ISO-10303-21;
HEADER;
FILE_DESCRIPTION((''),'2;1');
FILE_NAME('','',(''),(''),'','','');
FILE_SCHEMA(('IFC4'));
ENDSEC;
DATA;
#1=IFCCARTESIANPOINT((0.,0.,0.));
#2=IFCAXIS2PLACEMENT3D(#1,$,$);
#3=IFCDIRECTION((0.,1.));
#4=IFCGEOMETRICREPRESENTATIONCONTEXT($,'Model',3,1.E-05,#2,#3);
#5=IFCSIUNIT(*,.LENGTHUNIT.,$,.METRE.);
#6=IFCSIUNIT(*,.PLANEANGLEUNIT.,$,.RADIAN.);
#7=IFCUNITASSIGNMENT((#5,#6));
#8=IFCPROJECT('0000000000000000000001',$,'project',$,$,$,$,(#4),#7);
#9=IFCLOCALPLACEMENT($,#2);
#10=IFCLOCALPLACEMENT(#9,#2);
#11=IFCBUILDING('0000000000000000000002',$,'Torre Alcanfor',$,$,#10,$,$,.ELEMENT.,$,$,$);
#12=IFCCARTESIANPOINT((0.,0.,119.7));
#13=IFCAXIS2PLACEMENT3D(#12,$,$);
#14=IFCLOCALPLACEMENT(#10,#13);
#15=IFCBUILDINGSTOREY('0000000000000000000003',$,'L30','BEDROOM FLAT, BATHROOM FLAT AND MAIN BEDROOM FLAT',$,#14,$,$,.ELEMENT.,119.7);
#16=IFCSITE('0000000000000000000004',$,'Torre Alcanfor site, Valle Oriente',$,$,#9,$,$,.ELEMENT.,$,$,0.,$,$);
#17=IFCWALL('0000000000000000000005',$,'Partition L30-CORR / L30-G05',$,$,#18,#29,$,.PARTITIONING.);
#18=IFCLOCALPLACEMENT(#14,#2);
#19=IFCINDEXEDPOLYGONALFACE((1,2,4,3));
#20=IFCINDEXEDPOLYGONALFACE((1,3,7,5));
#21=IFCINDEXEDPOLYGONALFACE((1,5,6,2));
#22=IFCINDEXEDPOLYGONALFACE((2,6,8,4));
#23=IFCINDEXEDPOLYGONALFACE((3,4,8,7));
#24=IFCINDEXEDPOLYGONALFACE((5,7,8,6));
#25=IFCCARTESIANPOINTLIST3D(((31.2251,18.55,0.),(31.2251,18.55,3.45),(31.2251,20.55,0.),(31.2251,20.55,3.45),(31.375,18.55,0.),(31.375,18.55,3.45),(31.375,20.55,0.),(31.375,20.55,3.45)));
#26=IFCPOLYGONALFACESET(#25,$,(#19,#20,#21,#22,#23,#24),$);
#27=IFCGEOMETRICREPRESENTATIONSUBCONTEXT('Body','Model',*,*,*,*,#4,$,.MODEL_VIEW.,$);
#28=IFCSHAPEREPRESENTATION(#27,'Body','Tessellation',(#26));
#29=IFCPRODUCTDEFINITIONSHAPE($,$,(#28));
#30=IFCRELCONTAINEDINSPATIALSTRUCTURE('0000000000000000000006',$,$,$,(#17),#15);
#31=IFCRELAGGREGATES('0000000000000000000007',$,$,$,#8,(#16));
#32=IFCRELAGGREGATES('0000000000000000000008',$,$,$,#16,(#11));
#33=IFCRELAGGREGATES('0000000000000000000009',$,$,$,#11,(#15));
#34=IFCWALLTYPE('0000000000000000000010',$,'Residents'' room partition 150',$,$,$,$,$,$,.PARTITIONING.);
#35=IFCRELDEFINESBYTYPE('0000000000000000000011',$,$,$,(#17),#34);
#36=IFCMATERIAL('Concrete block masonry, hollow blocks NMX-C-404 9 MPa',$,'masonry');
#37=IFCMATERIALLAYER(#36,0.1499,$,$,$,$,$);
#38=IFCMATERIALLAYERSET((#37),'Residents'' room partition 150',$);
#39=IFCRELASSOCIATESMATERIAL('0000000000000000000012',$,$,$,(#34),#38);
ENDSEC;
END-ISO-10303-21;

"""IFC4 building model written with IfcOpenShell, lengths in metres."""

from ifc_helpers import new_model, si_unit, direction, frame, frame_2d, origin, place, context, subcontext, project, spatial, rectangle, extrude, material, layer, layer_set, type_object, element, save


model = new_model("IFC4")

# Units and contexts
model_context = context("Model", 3, precision=1e-05, world=origin(), true_north=direction((0.0, 1.0)))
body_context = subcontext(model_context, "Body", "Model", "MODEL_VIEW")
ifc_project = project(units=[si_unit("LENGTHUNIT", "METRE"), si_unit("PLANEANGLEUNIT", "RADIAN")], contexts=[model_context])

# Site, building, storey
site_placement = place(None, origin())
site = spatial("IfcSite", under=ifc_project, at=site_placement, Name="Torre Alcanfor site, Valle Oriente", CompositionType="ELEMENT", RefElevation=0.0)
building_placement = place(site_placement, origin())
building = spatial("IfcBuilding", under=site, at=building_placement, Name="Torre Alcanfor", CompositionType="ELEMENT")
storey_placement = place(building_placement, frame((0.0, 0.0, 119.7)))
storey = spatial("IfcBuildingStorey", under=building, at=storey_placement, Name="L30", Description="BEDROOM FLAT, BATHROOM FLAT AND MAIN BEDROOM FLAT", CompositionType="ELEMENT", Elevation=119.7)

# Wall
ifc_material_1 = material(Name="Concrete block masonry, hollow blocks NMX-C-404 9 MPa", Category="masonry")
ifc_layer_1 = layer(ifc_material_1, 0.1499)
ifc_layer_set_1 = layer_set([ifc_layer_1], Name="Residents' room partition 150")
wall_type_1 = type_object("IfcWallType", Name="Residents' room partition 150", PredefinedType="PARTITIONING", material=ifc_layer_set_1)
wall_1_placement = place(storey_placement, frame((31.3, 18.55, 0.0), z_axis=(0.0, 0.0, 1.0), x_axis=(0.0, 1.0, 0.0)))
element("IfcWall", 1, at=wall_1_placement, inside=storey, type_object=wall_type_1, Name="Partition L30-CORR / L30-G05", PredefinedType="PARTITIONING", context=body_context, shape_type="SweptSolid", body=[
    extrude(rectangle(XDim=2.0, YDim=0.1499, at=frame_2d((1.0, 0.0))), origin(), (0.0, 0.0, 1.0), 3.45),
])

save(model, "model.ifc")
